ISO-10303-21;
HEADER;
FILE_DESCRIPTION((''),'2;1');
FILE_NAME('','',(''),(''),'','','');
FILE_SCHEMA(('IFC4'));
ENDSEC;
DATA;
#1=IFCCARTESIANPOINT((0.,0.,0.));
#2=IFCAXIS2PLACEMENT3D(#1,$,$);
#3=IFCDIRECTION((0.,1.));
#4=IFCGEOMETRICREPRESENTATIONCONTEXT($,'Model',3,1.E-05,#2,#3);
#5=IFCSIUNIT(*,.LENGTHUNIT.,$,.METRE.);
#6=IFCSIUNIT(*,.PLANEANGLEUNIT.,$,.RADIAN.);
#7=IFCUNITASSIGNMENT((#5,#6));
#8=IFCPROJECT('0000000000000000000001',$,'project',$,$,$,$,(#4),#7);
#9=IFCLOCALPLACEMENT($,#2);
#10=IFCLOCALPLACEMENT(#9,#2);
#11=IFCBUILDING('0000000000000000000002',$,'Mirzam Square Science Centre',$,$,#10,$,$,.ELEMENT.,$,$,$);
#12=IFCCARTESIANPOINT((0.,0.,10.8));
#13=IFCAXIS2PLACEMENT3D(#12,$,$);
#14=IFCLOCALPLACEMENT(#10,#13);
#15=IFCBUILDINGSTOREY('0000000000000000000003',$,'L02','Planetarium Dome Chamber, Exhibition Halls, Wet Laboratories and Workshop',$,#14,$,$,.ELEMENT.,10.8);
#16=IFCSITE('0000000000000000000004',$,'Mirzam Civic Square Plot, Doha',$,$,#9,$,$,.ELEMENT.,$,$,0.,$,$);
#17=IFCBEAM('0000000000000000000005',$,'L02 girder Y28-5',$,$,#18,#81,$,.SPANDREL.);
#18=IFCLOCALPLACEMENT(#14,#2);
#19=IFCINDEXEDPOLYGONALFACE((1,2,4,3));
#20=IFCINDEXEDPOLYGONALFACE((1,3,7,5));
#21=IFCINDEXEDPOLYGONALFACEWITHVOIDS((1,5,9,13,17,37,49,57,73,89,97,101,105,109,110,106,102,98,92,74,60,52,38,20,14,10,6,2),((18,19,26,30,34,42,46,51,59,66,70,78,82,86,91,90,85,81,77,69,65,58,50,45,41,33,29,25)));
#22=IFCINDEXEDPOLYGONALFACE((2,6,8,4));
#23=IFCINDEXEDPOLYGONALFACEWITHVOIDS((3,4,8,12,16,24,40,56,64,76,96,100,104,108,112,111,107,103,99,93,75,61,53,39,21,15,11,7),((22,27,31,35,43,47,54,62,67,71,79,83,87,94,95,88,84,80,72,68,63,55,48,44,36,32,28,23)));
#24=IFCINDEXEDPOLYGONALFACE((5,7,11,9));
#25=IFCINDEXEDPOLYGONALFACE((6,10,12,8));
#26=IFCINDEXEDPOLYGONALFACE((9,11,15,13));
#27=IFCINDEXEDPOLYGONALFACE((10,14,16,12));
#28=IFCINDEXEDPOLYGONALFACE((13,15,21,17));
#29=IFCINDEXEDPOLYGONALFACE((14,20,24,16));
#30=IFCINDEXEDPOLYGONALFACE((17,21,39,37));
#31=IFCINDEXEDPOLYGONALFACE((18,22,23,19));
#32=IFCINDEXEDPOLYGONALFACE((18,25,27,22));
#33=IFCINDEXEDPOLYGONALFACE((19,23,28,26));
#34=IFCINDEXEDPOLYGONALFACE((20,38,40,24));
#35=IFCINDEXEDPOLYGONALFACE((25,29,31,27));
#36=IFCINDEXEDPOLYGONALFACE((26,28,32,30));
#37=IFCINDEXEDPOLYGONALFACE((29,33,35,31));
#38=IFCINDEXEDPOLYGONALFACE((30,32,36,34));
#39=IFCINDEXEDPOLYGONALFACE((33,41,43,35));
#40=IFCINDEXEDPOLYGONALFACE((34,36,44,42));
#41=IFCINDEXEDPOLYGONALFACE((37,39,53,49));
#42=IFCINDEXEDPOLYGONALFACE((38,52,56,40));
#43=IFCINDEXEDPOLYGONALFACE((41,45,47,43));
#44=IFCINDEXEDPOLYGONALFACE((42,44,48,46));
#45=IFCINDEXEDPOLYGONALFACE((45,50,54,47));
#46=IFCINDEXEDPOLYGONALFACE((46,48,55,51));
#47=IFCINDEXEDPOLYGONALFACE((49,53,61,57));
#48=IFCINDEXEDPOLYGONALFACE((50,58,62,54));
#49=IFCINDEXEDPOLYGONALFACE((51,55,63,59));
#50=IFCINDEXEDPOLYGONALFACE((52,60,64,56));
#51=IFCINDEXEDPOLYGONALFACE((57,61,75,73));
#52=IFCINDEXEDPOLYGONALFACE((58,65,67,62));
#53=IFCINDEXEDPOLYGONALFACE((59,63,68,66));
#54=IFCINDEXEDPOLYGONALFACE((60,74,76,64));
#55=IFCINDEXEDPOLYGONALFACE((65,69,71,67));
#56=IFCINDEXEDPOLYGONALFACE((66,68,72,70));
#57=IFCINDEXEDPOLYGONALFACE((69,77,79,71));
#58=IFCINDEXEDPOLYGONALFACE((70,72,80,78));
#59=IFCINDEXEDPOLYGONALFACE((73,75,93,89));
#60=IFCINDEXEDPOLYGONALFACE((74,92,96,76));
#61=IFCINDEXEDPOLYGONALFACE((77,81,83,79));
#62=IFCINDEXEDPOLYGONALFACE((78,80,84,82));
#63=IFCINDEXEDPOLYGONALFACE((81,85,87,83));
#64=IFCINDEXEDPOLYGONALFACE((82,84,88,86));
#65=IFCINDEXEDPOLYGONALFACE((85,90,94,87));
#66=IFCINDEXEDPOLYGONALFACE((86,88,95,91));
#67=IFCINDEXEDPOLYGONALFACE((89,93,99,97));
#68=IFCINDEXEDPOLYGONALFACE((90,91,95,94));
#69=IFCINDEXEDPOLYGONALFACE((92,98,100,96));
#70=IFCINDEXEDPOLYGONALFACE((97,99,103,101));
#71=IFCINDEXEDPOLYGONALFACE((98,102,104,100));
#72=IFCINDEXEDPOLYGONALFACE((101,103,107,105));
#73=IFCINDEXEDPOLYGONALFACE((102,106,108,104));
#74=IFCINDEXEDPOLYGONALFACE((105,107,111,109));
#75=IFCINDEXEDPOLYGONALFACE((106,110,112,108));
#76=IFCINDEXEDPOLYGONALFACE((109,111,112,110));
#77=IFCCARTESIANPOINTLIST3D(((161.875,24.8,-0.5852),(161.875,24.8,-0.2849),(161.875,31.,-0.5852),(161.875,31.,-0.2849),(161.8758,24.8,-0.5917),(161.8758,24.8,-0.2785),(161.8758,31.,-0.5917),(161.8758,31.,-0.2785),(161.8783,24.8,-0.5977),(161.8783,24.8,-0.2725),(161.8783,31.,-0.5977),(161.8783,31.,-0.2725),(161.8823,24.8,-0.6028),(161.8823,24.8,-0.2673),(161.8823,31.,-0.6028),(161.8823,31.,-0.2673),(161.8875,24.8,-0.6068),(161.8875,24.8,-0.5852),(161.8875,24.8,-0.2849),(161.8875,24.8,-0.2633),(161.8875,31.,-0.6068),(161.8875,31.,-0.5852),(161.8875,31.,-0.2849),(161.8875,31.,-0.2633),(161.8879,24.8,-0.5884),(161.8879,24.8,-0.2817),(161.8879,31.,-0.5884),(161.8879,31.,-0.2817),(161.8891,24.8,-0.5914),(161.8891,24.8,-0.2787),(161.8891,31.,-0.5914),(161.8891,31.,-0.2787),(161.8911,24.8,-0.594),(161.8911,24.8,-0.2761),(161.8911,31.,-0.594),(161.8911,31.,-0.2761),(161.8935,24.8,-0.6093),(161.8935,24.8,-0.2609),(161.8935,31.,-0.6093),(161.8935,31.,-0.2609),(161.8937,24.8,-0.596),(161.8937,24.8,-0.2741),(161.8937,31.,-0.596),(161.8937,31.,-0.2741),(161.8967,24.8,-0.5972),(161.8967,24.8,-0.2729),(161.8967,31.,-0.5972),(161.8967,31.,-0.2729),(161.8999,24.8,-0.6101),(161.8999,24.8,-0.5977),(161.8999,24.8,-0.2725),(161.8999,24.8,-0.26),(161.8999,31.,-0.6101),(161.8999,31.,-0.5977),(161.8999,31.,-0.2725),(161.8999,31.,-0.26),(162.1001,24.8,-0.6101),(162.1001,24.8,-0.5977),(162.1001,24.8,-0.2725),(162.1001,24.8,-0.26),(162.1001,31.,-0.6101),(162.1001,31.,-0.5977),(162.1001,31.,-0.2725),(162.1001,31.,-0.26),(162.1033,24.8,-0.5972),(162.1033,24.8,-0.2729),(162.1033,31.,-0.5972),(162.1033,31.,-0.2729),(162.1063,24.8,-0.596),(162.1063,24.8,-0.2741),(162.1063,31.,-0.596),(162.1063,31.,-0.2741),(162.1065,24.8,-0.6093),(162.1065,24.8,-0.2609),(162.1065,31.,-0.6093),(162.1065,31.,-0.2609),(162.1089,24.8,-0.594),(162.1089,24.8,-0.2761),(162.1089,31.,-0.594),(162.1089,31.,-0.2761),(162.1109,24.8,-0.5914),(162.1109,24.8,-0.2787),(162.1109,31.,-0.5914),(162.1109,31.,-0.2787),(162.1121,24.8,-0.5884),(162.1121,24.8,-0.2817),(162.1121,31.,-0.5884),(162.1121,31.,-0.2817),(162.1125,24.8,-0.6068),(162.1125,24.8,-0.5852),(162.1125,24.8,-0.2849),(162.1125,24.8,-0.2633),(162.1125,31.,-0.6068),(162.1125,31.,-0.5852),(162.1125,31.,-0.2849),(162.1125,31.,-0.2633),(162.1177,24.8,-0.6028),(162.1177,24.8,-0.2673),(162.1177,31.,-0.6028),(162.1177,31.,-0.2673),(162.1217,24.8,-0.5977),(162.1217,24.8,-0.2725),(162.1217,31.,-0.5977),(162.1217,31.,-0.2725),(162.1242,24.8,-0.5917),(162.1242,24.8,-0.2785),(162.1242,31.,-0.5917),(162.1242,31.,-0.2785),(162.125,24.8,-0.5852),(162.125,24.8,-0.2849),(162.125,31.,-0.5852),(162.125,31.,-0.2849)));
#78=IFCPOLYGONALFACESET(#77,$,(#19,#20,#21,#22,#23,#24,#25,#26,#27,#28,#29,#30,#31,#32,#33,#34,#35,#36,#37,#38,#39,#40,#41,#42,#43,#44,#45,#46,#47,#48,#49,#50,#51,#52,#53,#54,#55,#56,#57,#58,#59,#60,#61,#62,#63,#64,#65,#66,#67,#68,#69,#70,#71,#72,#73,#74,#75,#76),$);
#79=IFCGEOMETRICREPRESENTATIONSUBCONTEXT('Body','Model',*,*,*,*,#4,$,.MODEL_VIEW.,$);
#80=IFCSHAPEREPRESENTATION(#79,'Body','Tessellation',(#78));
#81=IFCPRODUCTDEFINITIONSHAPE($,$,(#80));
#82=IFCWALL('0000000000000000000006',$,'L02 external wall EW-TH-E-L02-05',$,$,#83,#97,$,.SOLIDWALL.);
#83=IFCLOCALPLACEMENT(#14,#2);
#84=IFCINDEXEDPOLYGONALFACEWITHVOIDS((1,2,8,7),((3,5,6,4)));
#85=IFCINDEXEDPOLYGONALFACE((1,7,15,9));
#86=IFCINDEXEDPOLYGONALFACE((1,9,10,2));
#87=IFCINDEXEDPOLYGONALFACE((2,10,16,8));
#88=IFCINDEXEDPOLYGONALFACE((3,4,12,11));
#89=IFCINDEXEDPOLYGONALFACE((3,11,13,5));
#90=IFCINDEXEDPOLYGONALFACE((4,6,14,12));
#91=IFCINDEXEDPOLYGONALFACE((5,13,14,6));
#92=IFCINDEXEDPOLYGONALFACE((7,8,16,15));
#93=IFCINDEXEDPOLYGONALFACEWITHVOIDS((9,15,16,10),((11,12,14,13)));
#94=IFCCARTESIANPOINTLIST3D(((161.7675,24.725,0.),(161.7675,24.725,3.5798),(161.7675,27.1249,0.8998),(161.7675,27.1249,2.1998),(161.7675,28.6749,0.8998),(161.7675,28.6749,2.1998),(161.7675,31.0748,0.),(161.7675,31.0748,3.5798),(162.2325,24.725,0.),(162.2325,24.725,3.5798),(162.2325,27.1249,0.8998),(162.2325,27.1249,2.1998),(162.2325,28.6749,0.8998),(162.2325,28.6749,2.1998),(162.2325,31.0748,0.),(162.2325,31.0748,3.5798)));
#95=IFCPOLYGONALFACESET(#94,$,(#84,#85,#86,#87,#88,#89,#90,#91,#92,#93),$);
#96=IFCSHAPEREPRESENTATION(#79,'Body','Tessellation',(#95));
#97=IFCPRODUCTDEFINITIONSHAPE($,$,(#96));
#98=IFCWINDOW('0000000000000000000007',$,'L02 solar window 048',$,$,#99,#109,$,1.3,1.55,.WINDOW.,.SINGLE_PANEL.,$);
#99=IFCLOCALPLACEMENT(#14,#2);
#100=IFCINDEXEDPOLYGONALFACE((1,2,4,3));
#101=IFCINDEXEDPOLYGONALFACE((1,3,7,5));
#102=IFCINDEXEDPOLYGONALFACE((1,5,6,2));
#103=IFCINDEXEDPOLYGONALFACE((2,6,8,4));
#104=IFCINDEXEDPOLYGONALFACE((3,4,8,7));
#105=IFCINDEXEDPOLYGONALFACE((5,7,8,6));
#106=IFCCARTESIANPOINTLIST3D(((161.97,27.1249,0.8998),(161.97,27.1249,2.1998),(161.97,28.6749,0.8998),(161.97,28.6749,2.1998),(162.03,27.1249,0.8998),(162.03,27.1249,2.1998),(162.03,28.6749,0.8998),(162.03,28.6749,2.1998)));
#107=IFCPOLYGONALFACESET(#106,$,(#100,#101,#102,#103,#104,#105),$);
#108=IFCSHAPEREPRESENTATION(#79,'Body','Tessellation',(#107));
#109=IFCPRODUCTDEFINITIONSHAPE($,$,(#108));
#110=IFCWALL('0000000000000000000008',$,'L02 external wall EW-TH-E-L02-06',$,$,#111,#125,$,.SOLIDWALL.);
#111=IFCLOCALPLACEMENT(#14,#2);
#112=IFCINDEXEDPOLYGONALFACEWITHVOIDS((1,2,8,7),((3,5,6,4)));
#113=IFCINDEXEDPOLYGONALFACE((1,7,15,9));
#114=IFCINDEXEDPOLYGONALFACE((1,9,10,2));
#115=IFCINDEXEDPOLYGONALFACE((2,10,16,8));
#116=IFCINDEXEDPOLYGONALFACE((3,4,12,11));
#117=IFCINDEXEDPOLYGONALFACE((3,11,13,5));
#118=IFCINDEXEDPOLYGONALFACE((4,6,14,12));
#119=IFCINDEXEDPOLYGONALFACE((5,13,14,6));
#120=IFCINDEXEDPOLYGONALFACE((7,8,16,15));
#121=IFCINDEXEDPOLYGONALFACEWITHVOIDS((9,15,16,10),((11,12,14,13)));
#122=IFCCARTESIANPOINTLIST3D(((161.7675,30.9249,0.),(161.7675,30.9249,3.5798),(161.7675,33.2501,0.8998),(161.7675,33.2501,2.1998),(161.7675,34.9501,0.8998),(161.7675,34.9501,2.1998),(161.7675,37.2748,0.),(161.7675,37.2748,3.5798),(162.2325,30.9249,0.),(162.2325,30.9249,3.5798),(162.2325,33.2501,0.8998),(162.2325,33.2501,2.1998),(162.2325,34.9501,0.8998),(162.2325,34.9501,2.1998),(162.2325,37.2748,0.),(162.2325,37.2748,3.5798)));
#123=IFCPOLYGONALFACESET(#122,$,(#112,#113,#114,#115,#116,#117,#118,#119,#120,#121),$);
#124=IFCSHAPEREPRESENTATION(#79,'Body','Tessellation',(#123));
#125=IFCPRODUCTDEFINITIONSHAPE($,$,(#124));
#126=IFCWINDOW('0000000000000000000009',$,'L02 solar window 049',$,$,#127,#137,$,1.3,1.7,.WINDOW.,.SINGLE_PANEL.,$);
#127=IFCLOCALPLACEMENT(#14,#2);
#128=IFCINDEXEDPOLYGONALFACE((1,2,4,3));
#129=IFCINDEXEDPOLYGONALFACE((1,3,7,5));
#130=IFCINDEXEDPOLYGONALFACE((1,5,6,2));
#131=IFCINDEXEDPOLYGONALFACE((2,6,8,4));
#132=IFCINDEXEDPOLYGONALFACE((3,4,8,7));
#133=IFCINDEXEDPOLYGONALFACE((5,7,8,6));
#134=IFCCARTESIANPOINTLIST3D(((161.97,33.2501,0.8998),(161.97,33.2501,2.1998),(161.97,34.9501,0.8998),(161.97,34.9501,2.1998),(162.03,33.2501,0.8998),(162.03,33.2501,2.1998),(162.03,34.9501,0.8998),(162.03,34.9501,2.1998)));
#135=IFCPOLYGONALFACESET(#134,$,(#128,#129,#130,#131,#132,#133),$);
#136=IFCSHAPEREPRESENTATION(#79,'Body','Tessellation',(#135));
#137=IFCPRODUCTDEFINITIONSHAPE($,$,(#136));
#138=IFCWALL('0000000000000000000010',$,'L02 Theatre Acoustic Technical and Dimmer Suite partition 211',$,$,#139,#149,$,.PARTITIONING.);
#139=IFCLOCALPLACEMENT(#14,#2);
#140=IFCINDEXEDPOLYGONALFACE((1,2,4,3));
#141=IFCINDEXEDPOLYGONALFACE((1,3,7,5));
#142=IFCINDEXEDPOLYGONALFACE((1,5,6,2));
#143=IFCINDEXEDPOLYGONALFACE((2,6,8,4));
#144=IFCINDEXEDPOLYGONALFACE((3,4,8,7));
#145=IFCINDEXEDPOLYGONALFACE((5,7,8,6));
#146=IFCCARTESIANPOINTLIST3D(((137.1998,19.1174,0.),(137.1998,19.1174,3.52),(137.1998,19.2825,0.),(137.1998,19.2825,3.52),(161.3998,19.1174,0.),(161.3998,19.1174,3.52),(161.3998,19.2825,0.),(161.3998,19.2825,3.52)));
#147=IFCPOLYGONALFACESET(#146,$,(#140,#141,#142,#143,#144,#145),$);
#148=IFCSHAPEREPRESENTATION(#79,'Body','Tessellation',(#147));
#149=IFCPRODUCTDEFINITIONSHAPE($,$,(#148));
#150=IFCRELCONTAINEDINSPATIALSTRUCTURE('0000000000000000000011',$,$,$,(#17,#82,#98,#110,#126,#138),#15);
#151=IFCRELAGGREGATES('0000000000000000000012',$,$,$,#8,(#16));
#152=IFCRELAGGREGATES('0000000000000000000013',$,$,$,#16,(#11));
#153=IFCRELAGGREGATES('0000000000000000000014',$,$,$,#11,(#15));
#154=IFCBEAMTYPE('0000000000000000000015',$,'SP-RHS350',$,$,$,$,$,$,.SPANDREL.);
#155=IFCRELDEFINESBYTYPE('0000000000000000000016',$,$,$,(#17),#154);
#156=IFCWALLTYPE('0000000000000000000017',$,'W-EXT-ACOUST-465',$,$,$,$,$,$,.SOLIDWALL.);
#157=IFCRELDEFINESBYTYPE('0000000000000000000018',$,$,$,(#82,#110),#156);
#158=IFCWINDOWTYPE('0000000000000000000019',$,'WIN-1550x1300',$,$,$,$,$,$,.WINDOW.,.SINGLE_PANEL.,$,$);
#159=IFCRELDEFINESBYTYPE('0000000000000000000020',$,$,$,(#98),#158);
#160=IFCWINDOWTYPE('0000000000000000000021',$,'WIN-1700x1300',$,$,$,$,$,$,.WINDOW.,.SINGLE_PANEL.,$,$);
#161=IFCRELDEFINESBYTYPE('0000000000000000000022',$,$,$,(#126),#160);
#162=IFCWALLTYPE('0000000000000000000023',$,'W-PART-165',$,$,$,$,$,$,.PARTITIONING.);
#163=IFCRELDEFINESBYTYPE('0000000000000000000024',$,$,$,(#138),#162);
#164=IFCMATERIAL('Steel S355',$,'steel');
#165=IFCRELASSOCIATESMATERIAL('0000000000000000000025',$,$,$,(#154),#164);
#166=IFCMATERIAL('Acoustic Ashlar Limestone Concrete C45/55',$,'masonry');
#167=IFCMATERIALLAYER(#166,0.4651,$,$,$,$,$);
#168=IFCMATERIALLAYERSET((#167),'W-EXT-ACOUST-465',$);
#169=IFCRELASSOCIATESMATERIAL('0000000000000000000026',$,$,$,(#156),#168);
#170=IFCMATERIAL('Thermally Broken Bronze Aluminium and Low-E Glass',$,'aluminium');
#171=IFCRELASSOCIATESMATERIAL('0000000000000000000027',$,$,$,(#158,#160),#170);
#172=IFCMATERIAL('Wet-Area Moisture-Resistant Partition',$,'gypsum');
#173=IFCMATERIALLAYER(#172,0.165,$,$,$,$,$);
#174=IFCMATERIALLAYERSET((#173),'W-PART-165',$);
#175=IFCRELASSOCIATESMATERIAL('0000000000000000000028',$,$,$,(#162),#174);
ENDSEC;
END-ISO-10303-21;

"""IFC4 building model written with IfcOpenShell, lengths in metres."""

from ifc_helpers import new_model, si_unit, direction, frame, frame_2d, origin, origin_2d, place, context, subcontext, project, spatial, rectangle, hollow_rectangle, extrude, material, layer, layer_set, material_profile, profile_set, type_object, element, fill, save


model = new_model("IFC4")

# Units and contexts
model_context = context("Model", 3, precision=1e-05, world=origin(), true_north=direction((0.0, 1.0)))
body_context = subcontext(model_context, "Body", "Model", "MODEL_VIEW")
ifc_project = project(units=[si_unit("LENGTHUNIT", "METRE"), si_unit("PLANEANGLEUNIT", "RADIAN")], contexts=[model_context])

# Site, building, storey
site_placement = place(None, origin())
site = spatial("IfcSite", under=ifc_project, at=site_placement, Name="Mirzam Civic Square Plot, Doha", CompositionType="ELEMENT", RefElevation=0.0)
building_placement = place(site_placement, origin())
building = spatial("IfcBuilding", under=site, at=building_placement, Name="Mirzam Square Science Centre", CompositionType="ELEMENT")
storey_placement = place(building_placement, frame((0.0, 0.0, 10.8)))
storey = spatial("IfcBuildingStorey", under=building, at=storey_placement, Name="L02", Description="Planetarium Dome Chamber, Exhibition Halls, Wet Laboratories and Workshop", CompositionType="ELEMENT", Elevation=10.8)

# Shared definitions
ifc_material_1 = material(Name="Steel S355", Category="steel")

# Beam
ifc_material_profile_1 = material_profile(ifc_material_1, hollow_rectangle(XDim=0.25, YDim=0.3501, WallThickness=0.0125, InnerFilletRadius=0.0125, OuterFilletRadius=0.0249, at=origin_2d()), Name="350x250x12.5RHS")
ifc_profile_set_1 = profile_set([ifc_material_profile_1], Name="Steel S355")
beam_type_1 = type_object("IfcBeamType", Name="SP-RHS350", PredefinedType="SPANDREL", material=ifc_profile_set_1)
for number, where, z_axis, x_axis, name in (
    (1, (162.0, 24.8, -0.4351), (0.0, 1.0, 0.0), (-1.0, 0.0, 0.0), "L02 girder Y28-5"),
):
    element("IfcBeam", number, at=place(storey_placement, frame(where, z_axis=z_axis, x_axis=x_axis)), inside=storey, type_object=beam_type_1, Name=name, PredefinedType="SPANDREL", context=body_context, shape_type="SweptSolid", body=[
        extrude(hollow_rectangle(XDim=0.25, YDim=0.3501, WallThickness=0.0125, InnerFilletRadius=0.0125, OuterFilletRadius=0.0249, at=origin_2d()), origin(), (0.0, 0.0, 1.0), 6.2),
    ])

# Walls, openings, windows
ifc_material_2 = material(Name="Acoustic Ashlar Limestone Concrete C45/55", Category="masonry")
ifc_layer_1 = layer(ifc_material_2, 0.4651)
ifc_layer_set_1 = layer_set([ifc_layer_1], Name="W-EXT-ACOUST-465")
wall_type_1 = type_object("IfcWallType", Name="W-EXT-ACOUST-465", PredefinedType="SOLIDWALL", material=ifc_layer_set_1)
wall_1_placement = place(storey_placement, frame((162.0, 24.7251, 0.0), z_axis=(0.0, 0.0, 1.0), x_axis=(0.0, 1.0, 0.0)))
wall_1 = element("IfcWall", 2, at=wall_1_placement, inside=storey, type_object=wall_type_1, Name="L02 external wall EW-TH-E-L02-05", PredefinedType="SOLIDWALL", context=body_context, shape_type="SweptSolid", body=[
    extrude(rectangle(XDim=6.3499, YDim=0.4651, at=frame_2d((3.1748, 0.0))), origin(), (0.0, 0.0, 1.0), 3.5798),
])
opening_1_placement = place(wall_1_placement, frame((2.3999, 0.0, 0.8999)))
opening_1 = element("IfcOpeningElement", 3, at=opening_1_placement, cuts=wall_1, PredefinedType="OPENING", context=body_context, shape_type="SweptSolid", body=[
    extrude(rectangle(XDim=1.55, YDim=1.3, at=frame_2d((0.7749, 0.6499))), frame((0.0, 0.2424, 0.0), z_axis=(0.0, -1.0, 0.0), x_axis=(1.0, 0.0, 0.0)), (0.0, 0.0, 1.0), 0.4851),
])
ifc_material_3 = material(Name="Thermally Broken Bronze Aluminium and Low-E Glass", Category="aluminium")
window_type_1 = type_object("IfcWindowType", Name="WIN-1550x1300", PartitioningType="SINGLE_PANEL", PredefinedType="WINDOW", material=ifc_material_3)
window_1_placement = place(opening_1_placement, origin())
window_1 = element("IfcWindow", 4, at=window_1_placement, inside=storey, type_object=window_type_1, Name="L02 solar window 048", OverallHeight=1.3, OverallWidth=1.55, PartitioningType="SINGLE_PANEL", PredefinedType="WINDOW", context=body_context, shape_type="SweptSolid", body=[
    extrude(rectangle(XDim=1.55, YDim=1.3, at=frame_2d((0.7749, 0.6499))), frame((0.0, 0.03, 0.0), z_axis=(0.0, -1.0, 0.0), x_axis=(1.0, 0.0, 0.0)), (0.0, 0.0, 1.0), 0.0601),
])
fill(opening_1, window_1)
wall_2_placement = place(storey_placement, frame((162.0, 30.925, 0.0), z_axis=(0.0, 0.0, 1.0), x_axis=(0.0, 1.0, 0.0)))
wall_2 = element("IfcWall", 5, at=wall_2_placement, inside=storey, type_object=wall_type_1, Name="L02 external wall EW-TH-E-L02-06", PredefinedType="SOLIDWALL", context=body_context, shape_type="SweptSolid", body=[
    extrude(rectangle(XDim=6.3499, YDim=0.4651, at=frame_2d((3.1748, 0.0))), origin(), (0.0, 0.0, 1.0), 3.5798),
])
opening_2_placement = place(wall_2_placement, frame((2.325, 0.0, 0.8999)))
opening_2 = element("IfcOpeningElement", 6, at=opening_2_placement, cuts=wall_2, PredefinedType="OPENING", context=body_context, shape_type="SweptSolid", body=[
    extrude(rectangle(XDim=1.7, YDim=1.3, at=frame_2d((0.8501, 0.6499))), frame((0.0, 0.2424, 0.0), z_axis=(0.0, -1.0, 0.0), x_axis=(1.0, 0.0, 0.0)), (0.0, 0.0, 1.0), 0.4851),
])
window_type_2 = type_object("IfcWindowType", Name="WIN-1700x1300", PartitioningType="SINGLE_PANEL", PredefinedType="WINDOW", material=ifc_material_3)
window_2_placement = place(opening_2_placement, origin())
window_2 = element("IfcWindow", 7, at=window_2_placement, inside=storey, type_object=window_type_2, Name="L02 solar window 049", OverallHeight=1.3, OverallWidth=1.7, PartitioningType="SINGLE_PANEL", PredefinedType="WINDOW", context=body_context, shape_type="SweptSolid", body=[
    extrude(rectangle(XDim=1.7, YDim=1.3, at=frame_2d((0.8501, 0.6499))), frame((0.0, 0.03, 0.0), z_axis=(0.0, -1.0, 0.0), x_axis=(1.0, 0.0, 0.0)), (0.0, 0.0, 1.0), 0.0601),
])
fill(opening_2, window_2)

# Wall
ifc_material_4 = material(Name="Wet-Area Moisture-Resistant Partition", Category="gypsum")
ifc_layer_2 = layer(ifc_material_4, 0.165)
ifc_layer_set_2 = layer_set([ifc_layer_2], Name="W-PART-165")
wall_type_2 = type_object("IfcWallType", Name="W-PART-165", PredefinedType="PARTITIONING", material=ifc_layer_set_2)
wall_3_placement = place(storey_placement, frame((161.3999, 19.2, 0.0), z_axis=(0.0, 0.0, 1.0), x_axis=(-1.0, 0.0, 0.0)))
element("IfcWall", 8, at=wall_3_placement, inside=storey, type_object=wall_type_2, Name="L02 Theatre Acoustic Technical and Dimmer Suite partition 211", PredefinedType="PARTITIONING", context=body_context, shape_type="SweptSolid", body=[
    extrude(rectangle(XDim=24.2, YDim=0.165, at=frame_2d((12.1001, 0.0))), origin(), (0.0, 0.0, 1.0), 3.52),
])

save(model, "model.ifc")
